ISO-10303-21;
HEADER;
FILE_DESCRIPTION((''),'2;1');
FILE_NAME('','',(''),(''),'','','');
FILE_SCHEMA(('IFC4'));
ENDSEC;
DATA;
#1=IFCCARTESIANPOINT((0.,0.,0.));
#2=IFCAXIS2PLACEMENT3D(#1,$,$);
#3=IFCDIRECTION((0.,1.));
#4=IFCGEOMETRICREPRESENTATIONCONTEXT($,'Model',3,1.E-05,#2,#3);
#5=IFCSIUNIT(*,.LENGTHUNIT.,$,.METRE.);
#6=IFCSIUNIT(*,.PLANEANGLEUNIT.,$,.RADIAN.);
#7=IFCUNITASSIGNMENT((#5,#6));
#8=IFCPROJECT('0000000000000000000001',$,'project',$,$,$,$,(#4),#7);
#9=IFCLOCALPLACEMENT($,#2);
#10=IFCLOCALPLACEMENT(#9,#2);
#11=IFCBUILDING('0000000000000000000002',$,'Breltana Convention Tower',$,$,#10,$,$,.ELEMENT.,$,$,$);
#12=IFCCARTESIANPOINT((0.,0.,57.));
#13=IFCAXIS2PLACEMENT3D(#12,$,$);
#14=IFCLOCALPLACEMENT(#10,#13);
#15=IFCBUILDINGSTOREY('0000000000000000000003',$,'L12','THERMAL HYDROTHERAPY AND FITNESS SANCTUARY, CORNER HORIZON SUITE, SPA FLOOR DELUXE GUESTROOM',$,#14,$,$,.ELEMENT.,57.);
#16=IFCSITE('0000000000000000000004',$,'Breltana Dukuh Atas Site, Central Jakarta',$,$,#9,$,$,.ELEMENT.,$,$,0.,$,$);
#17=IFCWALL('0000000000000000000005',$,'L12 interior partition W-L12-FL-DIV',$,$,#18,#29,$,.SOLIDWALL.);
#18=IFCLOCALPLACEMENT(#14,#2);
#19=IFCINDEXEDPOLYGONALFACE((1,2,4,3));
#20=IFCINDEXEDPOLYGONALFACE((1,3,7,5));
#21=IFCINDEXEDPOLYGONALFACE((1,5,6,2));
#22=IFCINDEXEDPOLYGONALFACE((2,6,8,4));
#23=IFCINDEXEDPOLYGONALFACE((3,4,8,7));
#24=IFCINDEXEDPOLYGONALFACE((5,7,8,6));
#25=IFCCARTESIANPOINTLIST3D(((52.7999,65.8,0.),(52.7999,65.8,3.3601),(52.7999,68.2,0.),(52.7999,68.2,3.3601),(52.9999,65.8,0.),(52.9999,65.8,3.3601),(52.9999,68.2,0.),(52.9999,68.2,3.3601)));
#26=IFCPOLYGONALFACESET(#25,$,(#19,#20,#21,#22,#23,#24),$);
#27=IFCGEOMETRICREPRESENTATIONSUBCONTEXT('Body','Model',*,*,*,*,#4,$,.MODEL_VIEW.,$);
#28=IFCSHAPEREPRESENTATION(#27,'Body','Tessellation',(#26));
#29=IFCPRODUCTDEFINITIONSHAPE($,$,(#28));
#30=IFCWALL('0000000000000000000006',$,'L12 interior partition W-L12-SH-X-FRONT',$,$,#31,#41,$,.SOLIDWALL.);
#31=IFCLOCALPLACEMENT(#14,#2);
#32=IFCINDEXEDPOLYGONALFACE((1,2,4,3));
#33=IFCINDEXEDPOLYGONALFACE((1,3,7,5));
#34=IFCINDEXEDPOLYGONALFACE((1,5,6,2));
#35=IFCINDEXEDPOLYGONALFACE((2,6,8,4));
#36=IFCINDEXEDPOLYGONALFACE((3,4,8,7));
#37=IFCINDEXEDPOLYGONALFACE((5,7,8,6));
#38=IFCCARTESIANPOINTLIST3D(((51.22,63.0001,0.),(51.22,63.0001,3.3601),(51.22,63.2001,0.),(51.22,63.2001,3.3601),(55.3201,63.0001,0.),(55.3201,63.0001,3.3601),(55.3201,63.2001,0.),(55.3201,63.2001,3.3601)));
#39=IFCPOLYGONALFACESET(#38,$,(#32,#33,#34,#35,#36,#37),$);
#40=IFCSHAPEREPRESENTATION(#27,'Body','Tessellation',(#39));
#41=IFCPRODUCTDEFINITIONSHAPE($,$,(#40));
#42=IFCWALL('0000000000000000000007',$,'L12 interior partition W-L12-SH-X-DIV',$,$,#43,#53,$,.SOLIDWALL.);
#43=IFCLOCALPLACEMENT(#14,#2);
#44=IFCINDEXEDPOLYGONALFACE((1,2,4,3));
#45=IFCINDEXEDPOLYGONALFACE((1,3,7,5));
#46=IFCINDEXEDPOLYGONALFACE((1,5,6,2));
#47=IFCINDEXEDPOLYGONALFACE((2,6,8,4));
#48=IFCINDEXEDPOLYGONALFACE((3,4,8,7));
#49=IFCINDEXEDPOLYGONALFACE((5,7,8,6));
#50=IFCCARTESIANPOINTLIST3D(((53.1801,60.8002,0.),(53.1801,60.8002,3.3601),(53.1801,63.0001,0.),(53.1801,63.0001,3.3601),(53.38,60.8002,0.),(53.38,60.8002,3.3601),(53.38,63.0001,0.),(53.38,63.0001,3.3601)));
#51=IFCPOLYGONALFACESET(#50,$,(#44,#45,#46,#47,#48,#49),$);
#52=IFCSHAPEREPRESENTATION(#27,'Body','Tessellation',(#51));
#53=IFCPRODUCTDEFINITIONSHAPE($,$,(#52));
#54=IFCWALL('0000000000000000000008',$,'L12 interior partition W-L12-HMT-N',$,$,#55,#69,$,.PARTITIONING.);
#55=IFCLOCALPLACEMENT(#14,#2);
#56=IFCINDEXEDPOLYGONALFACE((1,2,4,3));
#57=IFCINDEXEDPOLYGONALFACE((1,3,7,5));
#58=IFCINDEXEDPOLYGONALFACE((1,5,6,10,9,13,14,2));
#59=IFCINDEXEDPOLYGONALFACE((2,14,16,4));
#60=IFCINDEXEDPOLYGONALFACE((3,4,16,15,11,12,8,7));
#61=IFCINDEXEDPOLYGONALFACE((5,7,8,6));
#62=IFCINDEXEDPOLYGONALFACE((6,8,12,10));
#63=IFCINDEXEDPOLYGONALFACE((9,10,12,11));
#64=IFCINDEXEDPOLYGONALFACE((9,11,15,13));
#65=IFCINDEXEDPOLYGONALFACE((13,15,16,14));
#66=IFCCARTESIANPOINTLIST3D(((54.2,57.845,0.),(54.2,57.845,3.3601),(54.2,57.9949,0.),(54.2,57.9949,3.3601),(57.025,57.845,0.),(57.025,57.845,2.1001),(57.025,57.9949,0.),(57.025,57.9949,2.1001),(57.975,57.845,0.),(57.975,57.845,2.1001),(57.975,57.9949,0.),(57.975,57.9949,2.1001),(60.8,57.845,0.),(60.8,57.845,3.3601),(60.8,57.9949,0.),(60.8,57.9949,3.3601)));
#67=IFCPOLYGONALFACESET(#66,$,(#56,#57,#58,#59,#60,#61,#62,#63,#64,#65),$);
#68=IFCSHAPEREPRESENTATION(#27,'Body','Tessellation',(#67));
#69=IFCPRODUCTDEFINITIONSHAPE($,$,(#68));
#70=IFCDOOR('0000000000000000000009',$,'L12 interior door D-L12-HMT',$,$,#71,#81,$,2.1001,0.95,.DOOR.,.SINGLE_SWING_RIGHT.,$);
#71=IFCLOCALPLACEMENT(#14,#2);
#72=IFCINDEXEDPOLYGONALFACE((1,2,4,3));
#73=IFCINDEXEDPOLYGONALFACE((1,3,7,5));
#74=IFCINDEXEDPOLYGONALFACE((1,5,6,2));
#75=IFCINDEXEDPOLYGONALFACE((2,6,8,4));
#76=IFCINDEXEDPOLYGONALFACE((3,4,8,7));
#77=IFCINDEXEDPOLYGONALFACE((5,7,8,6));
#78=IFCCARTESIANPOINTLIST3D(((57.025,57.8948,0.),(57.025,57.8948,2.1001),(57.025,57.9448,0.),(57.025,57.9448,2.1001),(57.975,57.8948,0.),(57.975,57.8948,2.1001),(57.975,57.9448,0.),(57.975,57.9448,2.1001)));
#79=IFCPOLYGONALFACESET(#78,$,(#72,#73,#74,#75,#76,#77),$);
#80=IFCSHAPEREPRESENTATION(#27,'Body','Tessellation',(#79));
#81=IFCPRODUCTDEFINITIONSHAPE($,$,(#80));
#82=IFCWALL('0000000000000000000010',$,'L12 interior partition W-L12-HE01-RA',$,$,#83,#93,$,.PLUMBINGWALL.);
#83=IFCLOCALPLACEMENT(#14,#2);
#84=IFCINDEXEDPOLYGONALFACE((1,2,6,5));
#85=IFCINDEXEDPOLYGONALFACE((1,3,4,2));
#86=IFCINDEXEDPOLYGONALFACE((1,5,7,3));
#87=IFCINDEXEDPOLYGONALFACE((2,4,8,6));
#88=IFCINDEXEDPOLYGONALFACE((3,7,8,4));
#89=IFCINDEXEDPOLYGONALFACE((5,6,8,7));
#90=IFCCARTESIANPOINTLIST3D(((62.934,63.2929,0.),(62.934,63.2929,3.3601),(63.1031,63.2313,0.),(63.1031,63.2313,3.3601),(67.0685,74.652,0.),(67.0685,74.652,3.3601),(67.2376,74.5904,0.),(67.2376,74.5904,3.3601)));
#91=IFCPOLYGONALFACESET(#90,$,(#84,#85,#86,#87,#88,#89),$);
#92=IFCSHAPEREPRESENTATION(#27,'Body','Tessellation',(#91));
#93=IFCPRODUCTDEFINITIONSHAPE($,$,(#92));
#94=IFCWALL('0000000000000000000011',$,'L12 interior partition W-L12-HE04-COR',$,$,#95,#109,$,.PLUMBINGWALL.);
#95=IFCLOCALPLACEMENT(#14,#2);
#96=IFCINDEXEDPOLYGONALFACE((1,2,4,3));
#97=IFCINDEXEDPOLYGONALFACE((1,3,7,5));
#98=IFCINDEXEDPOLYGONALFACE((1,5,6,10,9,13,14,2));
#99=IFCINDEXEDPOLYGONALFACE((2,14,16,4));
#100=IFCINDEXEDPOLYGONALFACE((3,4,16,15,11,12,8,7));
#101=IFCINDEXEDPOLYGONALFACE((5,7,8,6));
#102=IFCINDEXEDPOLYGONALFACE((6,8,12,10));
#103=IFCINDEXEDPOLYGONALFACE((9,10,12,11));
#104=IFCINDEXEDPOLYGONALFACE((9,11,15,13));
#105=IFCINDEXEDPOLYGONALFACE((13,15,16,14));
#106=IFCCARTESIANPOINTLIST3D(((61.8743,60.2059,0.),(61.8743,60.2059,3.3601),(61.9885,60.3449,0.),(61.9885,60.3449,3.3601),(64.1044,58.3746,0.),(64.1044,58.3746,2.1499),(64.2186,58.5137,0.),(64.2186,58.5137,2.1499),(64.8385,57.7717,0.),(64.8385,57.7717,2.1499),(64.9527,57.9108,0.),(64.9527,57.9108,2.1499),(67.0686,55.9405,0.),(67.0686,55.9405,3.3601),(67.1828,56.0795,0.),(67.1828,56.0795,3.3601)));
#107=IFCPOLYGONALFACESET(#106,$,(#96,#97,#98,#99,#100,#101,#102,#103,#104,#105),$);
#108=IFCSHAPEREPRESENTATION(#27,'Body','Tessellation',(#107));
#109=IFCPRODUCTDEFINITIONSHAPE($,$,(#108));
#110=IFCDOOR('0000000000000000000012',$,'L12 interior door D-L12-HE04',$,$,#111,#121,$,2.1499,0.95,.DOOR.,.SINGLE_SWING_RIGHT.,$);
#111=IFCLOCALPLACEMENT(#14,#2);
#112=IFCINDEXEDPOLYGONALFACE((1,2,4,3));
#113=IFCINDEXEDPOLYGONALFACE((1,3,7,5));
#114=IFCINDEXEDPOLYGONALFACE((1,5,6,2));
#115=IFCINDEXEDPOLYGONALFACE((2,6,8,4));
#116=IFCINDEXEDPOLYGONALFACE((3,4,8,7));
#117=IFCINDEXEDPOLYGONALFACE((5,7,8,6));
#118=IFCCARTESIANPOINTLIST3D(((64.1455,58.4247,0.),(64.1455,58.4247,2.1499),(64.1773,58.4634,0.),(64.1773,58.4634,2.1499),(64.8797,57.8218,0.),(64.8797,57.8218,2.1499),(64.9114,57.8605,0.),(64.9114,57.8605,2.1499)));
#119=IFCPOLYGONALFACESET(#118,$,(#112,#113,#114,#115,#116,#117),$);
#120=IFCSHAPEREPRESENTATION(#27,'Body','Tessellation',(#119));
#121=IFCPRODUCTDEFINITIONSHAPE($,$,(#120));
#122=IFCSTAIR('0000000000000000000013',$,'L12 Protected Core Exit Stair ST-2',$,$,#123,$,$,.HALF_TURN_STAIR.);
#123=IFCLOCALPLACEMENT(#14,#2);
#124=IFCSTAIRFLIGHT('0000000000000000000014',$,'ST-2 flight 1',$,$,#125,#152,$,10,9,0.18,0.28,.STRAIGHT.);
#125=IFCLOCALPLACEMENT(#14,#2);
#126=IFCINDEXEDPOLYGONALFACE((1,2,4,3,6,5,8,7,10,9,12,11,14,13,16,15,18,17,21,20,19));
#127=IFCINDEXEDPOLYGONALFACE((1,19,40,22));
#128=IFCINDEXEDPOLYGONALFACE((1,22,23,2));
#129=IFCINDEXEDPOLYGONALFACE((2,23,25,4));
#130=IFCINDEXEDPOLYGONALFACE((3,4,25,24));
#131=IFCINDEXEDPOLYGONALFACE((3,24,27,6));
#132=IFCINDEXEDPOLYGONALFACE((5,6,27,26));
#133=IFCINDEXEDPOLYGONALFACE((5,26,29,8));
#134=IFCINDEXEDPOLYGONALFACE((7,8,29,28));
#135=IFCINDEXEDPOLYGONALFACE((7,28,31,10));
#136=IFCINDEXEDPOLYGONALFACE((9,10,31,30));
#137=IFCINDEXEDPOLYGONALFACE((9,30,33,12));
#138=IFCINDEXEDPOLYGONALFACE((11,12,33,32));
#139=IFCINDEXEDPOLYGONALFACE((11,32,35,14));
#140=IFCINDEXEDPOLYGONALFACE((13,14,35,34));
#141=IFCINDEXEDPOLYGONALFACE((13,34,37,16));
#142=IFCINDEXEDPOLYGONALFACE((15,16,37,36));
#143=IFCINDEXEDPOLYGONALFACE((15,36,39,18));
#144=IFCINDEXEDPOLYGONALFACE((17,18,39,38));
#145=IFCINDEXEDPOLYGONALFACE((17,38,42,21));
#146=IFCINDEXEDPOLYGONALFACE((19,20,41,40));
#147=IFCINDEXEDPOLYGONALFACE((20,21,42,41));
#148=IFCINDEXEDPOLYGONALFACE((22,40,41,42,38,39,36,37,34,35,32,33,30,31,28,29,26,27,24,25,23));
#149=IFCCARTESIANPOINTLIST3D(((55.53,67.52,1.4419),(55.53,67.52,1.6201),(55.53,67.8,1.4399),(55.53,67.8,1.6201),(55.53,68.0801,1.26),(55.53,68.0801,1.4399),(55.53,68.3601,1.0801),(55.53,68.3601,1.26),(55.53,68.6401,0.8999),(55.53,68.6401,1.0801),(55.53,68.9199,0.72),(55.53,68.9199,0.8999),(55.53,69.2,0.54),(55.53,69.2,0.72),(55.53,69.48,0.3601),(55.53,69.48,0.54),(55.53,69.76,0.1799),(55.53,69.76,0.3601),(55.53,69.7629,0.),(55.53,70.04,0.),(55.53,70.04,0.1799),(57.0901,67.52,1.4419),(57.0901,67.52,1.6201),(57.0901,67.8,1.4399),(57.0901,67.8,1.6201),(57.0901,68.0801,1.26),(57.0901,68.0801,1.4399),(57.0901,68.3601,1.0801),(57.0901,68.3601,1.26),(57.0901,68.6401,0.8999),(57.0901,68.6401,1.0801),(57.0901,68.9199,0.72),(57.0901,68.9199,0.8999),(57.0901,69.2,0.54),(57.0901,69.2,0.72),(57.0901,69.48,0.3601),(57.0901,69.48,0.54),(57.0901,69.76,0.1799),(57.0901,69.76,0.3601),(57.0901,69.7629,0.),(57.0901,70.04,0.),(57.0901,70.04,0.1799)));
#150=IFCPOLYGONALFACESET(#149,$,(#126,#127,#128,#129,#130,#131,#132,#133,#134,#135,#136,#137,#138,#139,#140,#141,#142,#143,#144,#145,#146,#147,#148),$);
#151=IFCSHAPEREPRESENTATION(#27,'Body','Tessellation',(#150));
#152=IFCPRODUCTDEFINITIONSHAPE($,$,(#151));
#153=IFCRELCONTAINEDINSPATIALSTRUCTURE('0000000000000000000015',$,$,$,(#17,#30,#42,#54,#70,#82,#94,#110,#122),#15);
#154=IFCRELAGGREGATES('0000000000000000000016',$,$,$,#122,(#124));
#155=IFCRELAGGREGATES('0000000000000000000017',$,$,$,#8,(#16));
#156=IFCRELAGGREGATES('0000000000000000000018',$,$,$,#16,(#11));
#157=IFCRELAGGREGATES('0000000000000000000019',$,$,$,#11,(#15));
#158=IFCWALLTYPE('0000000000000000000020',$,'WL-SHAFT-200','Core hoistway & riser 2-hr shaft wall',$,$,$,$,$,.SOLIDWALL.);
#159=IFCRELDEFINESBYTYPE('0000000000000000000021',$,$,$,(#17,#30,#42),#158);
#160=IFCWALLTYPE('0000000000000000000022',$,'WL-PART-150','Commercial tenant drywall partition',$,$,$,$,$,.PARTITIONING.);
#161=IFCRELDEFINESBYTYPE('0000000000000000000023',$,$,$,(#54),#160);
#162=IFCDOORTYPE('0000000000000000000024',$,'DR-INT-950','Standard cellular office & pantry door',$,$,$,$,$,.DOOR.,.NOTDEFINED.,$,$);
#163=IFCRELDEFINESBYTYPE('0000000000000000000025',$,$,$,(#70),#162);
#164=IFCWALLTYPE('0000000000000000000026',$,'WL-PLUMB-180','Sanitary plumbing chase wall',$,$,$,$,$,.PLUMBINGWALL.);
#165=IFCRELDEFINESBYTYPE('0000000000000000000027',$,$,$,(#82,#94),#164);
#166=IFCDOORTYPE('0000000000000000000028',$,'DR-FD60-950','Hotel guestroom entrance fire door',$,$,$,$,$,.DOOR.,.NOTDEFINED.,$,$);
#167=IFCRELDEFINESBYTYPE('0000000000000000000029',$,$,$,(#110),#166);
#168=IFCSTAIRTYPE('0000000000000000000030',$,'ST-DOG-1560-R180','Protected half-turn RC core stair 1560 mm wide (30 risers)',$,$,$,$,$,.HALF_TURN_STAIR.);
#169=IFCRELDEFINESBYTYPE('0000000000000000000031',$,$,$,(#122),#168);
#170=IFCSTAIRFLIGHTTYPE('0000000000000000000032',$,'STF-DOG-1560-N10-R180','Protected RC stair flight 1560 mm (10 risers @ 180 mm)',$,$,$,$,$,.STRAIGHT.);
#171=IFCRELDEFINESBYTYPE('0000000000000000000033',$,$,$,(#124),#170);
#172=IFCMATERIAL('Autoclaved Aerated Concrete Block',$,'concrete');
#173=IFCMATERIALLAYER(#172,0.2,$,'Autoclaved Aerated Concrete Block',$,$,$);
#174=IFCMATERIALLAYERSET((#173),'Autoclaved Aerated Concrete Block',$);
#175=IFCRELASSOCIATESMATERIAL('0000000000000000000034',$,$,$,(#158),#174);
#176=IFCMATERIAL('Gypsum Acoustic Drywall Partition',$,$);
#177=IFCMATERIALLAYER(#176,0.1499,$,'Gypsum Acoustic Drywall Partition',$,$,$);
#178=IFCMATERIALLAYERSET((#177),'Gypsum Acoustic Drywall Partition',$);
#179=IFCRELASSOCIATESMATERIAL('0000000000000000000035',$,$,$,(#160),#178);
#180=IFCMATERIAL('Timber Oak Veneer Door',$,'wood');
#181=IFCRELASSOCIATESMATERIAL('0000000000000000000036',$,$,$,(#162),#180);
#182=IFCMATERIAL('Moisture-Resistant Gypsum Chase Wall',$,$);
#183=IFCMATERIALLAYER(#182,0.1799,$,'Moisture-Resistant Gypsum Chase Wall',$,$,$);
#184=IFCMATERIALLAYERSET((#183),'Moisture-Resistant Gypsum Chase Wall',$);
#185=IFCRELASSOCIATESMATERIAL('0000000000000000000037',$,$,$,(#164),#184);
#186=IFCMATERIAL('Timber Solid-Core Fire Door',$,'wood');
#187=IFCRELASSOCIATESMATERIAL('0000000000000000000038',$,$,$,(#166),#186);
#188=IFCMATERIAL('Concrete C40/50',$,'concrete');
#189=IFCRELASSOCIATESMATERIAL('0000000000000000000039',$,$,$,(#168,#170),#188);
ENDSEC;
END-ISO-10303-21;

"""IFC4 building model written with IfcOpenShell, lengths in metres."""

from ifc_helpers import new_model, si_unit, direction, frame, frame_2d, origin, place, context, subcontext, project, spatial, polyline, rectangle, outline, extrude, source, transform, mapped, material, layer, layer_set, type_object, type_shapes, element, fill, aggregate, save


model = new_model("IFC4")

# Units and contexts
model_context = context("Model", 3, precision=1e-05, world=origin(), true_north=direction((0.0, 1.0)))
body_context = subcontext(model_context, "Body", "Model", "MODEL_VIEW")
ifc_project = project(units=[si_unit("LENGTHUNIT", "METRE"), si_unit("PLANEANGLEUNIT", "RADIAN")], contexts=[model_context])

# Site, building, storey
site_placement = place(None, origin())
site = spatial("IfcSite", under=ifc_project, at=site_placement, Name="Breltana Dukuh Atas Site, Central Jakarta", CompositionType="ELEMENT", RefElevation=0.0)
building_placement = place(site_placement, origin())
building = spatial("IfcBuilding", under=site, at=building_placement, Name="Breltana Convention Tower", CompositionType="ELEMENT")
storey_placement = place(building_placement, frame((0.0, 0.0, 57.0)))
storey = spatial("IfcBuildingStorey", under=building, at=storey_placement, Name="L12", Description="THERMAL HYDROTHERAPY AND FITNESS SANCTUARY, CORNER HORIZON SUITE, SPA FLOOR DELUXE GUESTROOM", CompositionType="ELEMENT", Elevation=57.0)

# Shared definitions
ifc_material_1 = material(Name="Autoclaved Aerated Concrete Block", Category="concrete")
ifc_layer_1 = layer(ifc_material_1, 0.2, Name="Autoclaved Aerated Concrete Block")
ifc_layer_set_1 = layer_set([ifc_layer_1], Name="Autoclaved Aerated Concrete Block")
wall_type_1 = type_object("IfcWallType", Name="WL-SHAFT-200", Description="Core hoistway & riser 2-hr shaft wall", PredefinedType="SOLIDWALL", material=ifc_layer_set_1)

# Walls
shared_shape_1 = source(origin(), body_context, "Body", "SweptSolid", [
    extrude(rectangle(XDim=2.3999, YDim=0.2, at=frame_2d((1.2, 0.0))), origin(), (0.0, 0.0, 1.0), 3.3601),
])
wall_1_placement = place(storey_placement, frame((52.8999, 65.8, 0.0), z_axis=(0.0, 0.0, 1.0), x_axis=(0.0, 1.0, 0.0)))
element("IfcWall", 1, at=wall_1_placement, inside=storey, type_object=wall_type_1, Name="L12 interior partition W-L12-FL-DIV", PredefinedType="SOLIDWALL", context=body_context, shape_type="MappedRepresentation", body=[
    mapped(shared_shape_1, transform((0.0, 0.0, 0.0), scale=1.0)),
])
shared_shape_2 = source(origin(), body_context, "Body", "SweptSolid", [
    extrude(rectangle(XDim=4.1001, YDim=0.2, at=frame_2d((2.05, 0.0))), origin(), (0.0, 0.0, 1.0), 3.3601),
])
wall_2_placement = place(storey_placement, frame((51.22, 63.1001, 0.0), z_axis=(0.0, 0.0, 1.0), x_axis=(1.0, 0.0, 0.0)))
element("IfcWall", 2, at=wall_2_placement, inside=storey, type_object=wall_type_1, Name="L12 interior partition W-L12-SH-X-FRONT", PredefinedType="SOLIDWALL", context=body_context, shape_type="MappedRepresentation", body=[
    mapped(shared_shape_2, transform((0.0, 0.0, 0.0), scale=1.0)),
])
shared_shape_3 = source(origin(), body_context, "Body", "SweptSolid", [
    extrude(rectangle(XDim=2.2, YDim=0.2, at=frame_2d((1.1001, 0.0))), origin(), (0.0, 0.0, 1.0), 3.3601),
])
wall_3_placement = place(storey_placement, frame((53.28, 60.8, 0.0), z_axis=(0.0, 0.0, 1.0), x_axis=(0.0, 1.0, 0.0)))
element("IfcWall", 3, at=wall_3_placement, inside=storey, type_object=wall_type_1, Name="L12 interior partition W-L12-SH-X-DIV", PredefinedType="SOLIDWALL", context=body_context, shape_type="MappedRepresentation", body=[
    mapped(shared_shape_3, transform((0.0, 0.0, 0.0), scale=1.0)),
])

# Wall, opening, door
ifc_material_2 = material(Name="Gypsum Acoustic Drywall Partition")
ifc_layer_2 = layer(ifc_material_2, 0.1499, Name="Gypsum Acoustic Drywall Partition")
ifc_layer_set_2 = layer_set([ifc_layer_2], Name="Gypsum Acoustic Drywall Partition")
wall_type_2 = type_object("IfcWallType", Name="WL-PART-150", Description="Commercial tenant drywall partition", PredefinedType="PARTITIONING", material=ifc_layer_set_2)
shared_shape_4 = source(origin(), body_context, "Body", "SweptSolid", [
    extrude(rectangle(XDim=6.6001, YDim=0.1499, at=frame_2d((3.3, 0.0))), origin(), (0.0, 0.0, 1.0), 3.3601),
])
wall_4_placement = place(storey_placement, frame((54.2, 57.9199, 0.0), z_axis=(0.0, 0.0, 1.0), x_axis=(1.0, 0.0, 0.0)))
wall_4 = element("IfcWall", 4, at=wall_4_placement, inside=storey, type_object=wall_type_2, Name="L12 interior partition W-L12-HMT-N", PredefinedType="PARTITIONING", context=body_context, shape_type="MappedRepresentation", body=[
    mapped(shared_shape_4, transform((0.0, 0.0, 0.0), scale=1.0)),
])
opening_1_placement = place(wall_4_placement, frame((2.825, 0.0, 0.0)))
opening_1 = element("IfcOpeningElement", 5, at=opening_1_placement, cuts=wall_4, PredefinedType="OPENING", context=body_context, shape_type="SweptSolid", body=[
    extrude(rectangle(XDim=0.95, YDim=2.1001, at=frame_2d((0.4751, 1.05))), frame((0.0, 0.085, 0.0), z_axis=(0.0, -1.0, 0.0), x_axis=(1.0, 0.0, 0.0)), (0.0, 0.0, 1.0), 0.1699),
])
ifc_material_3 = material(Name="Timber Oak Veneer Door", Category="wood")
door_type_1 = type_object("IfcDoorType", Name="DR-INT-950", Description="Standard cellular office & pantry door", OperationType="NOTDEFINED", PredefinedType="DOOR", material=ifc_material_3)
shared_shape_5 = source(origin(), body_context, "Body", "SweptSolid", [
    extrude(rectangle(XDim=0.95, YDim=2.1001, at=frame_2d((0.4751, 1.05))), frame((0.0, 0.0249, 0.0), z_axis=(0.0, -1.0, 0.0), x_axis=(1.0, 0.0, 0.0)), (0.0, 0.0, 1.0), 0.05),
])
type_shapes(door_type_1, [shared_shape_5])
door_1_placement = place(opening_1_placement, origin())
door_1 = element("IfcDoor", 6, at=door_1_placement, inside=storey, type_object=door_type_1, Name="L12 interior door D-L12-HMT", OperationType="SINGLE_SWING_RIGHT", OverallHeight=2.1001, OverallWidth=0.95, PredefinedType="DOOR", context=body_context, shape_type="MappedRepresentation", body=[
    mapped(shared_shape_5, transform((0.0, 0.0, 0.0), scale=1.0)),
])
fill(opening_1, door_1)
ifc_material_4 = material(Name="Moisture-Resistant Gypsum Chase Wall")
ifc_layer_3 = layer(ifc_material_4, 0.1799, Name="Moisture-Resistant Gypsum Chase Wall")
ifc_layer_set_3 = layer_set([ifc_layer_3], Name="Moisture-Resistant Gypsum Chase Wall")
wall_type_3 = type_object("IfcWallType", Name="WL-PLUMB-180", Description="Sanitary plumbing chase wall", PredefinedType="PLUMBINGWALL", material=ifc_layer_set_3)

# Wall
shared_shape_6 = source(origin(), body_context, "Body", "SweptSolid", [
    extrude(rectangle(XDim=12.0881, YDim=0.1799, at=frame_2d((6.0439, 0.0))), origin(), (0.0, 0.0, 1.0), 3.3601),
])
wall_5_placement = place(storey_placement, frame((63.0186, 63.2622, 0.0), z_axis=(0.0, 0.0, 1.0), x_axis=(0.34203, 0.939689, 0.0)))
element("IfcWall", 7, at=wall_5_placement, inside=storey, type_object=wall_type_3, Name="L12 interior partition W-L12-HE01-RA", PredefinedType="PLUMBINGWALL", context=body_context, shape_type="MappedRepresentation", body=[
    mapped(shared_shape_6, transform((0.0, 0.0, 0.0), scale=1.0)),
])

# Wall, opening, door
ifc_material_5 = material(Name="Timber Solid-Core Fire Door", Category="wood")
door_type_2 = type_object("IfcDoorType", Name="DR-FD60-950", Description="Hotel guestroom entrance fire door", OperationType="NOTDEFINED", PredefinedType="DOOR", material=ifc_material_5)
shared_shape_7 = source(origin(), body_context, "Body", "SweptSolid", [
    extrude(rectangle(XDim=0.95, YDim=2.1499, at=frame_2d((0.4751, 1.075))), frame((0.0, 0.0249, 0.0), z_axis=(0.0, -1.0, 0.0), x_axis=(1.0, 0.0, 0.0)), (0.0, 0.0, 1.0), 0.05),
])
type_shapes(door_type_2, [shared_shape_7])
shared_shape_8 = source(origin(), body_context, "Body", "SweptSolid", [
    extrude(rectangle(XDim=6.7212, YDim=0.1799, at=frame_2d((3.3606, 0.0))), origin(), (0.0, 0.0, 1.0), 3.3601),
])
wall_6_placement = place(storey_placement, frame((61.9314, 60.2754, 0.0), z_axis=(0.0, 0.0, 1.0), x_axis=(0.772828, -0.634615, 0.0)))
wall_6 = element("IfcWall", 8, at=wall_6_placement, inside=storey, type_object=wall_type_3, Name="L12 interior partition W-L12-HE04-COR", PredefinedType="PLUMBINGWALL", context=body_context, shape_type="MappedRepresentation", body=[
    mapped(shared_shape_8, transform((0.0, 0.0, 0.0), scale=1.0)),
])
opening_2_placement = place(wall_6_placement, frame((2.8855, 0.0, 0.0)))
opening_2 = element("IfcOpeningElement", 9, at=opening_2_placement, cuts=wall_6, PredefinedType="OPENING", context=body_context, shape_type="SweptSolid", body=[
    extrude(rectangle(XDim=0.95, YDim=2.1499, at=frame_2d((0.4751, 1.075))), frame((0.0, 0.1001, 0.0), z_axis=(0.0, -1.0, 0.0), x_axis=(1.0, 0.0, 0.0)), (0.0, 0.0, 1.0), 0.2),
])
door_2_placement = place(opening_2_placement, origin())
door_2 = element("IfcDoor", 10, at=door_2_placement, inside=storey, type_object=door_type_2, Name="L12 interior door D-L12-HE04", OperationType="SINGLE_SWING_RIGHT", OverallHeight=2.1499, OverallWidth=0.95, PredefinedType="DOOR", context=body_context, shape_type="MappedRepresentation", body=[
    mapped(shared_shape_7, transform((0.0, 0.0, 0.0), scale=1.0)),
])
fill(opening_2, door_2)

# Stair, stair flight
ifc_material_6 = material(Name="Concrete C40/50", Category="concrete")
stair_type = type_object("IfcStairType", Name="ST-DOG-1560-R180", Description="Protected half-turn RC core stair 1560 mm wide (30 risers)", PredefinedType="HALF_TURN_STAIR", material=ifc_material_6)
stair_placement = place(storey_placement, origin())
stair = element("IfcStair", 11, at=stair_placement, inside=storey, type_object=stair_type, Name="L12 Protected Core Exit Stair ST-2", PredefinedType="HALF_TURN_STAIR")
stair_flight_type = type_object("IfcStairFlightType", Name="STF-DOG-1560-N10-R180", Description="Protected RC stair flight 1560 mm (10 risers @ 180 mm)", PredefinedType="STRAIGHT", material=ifc_material_6)
stair_flight_1_placement = place(storey_placement, frame((56.3101, 70.04, 0.0), z_axis=(0.0, 0.0, 1.0), x_axis=(0.0, -1.0, 0.0)))
stair_flight_1 = element("IfcStairFlight", 12, at=stair_flight_1_placement, type_object=stair_flight_type, Name="ST-2 flight 1", NumberOfRisers=10, NumberOfTreads=9, PredefinedType="STRAIGHT", RiserHeight=0.18, TreadLength=0.28, context=body_context, shape_type="SweptSolid", body=[
    extrude(outline(polyline([(0.0, 0.0), (0.0, 0.1799), (0.28, 0.1799), (0.28, 0.3601), (0.5601, 0.3601), (0.5601, 0.54), (0.8401, 0.54), (0.8401, 0.72), (1.1201, 0.72), (1.1201, 0.8999), (1.3999, 0.8999), (1.3999, 1.0801), (1.6799, 1.0801), (1.6799, 1.26), (1.96, 1.26), (1.96, 1.4399), (2.24, 1.4399), (2.24, 1.6201), (2.52, 1.6201), (2.52, 1.8), (2.52, 1.4419), (0.2771, 0.0), (0.0, 0.0)])), frame((0.0, 0.78, 0.0), z_axis=(0.0, -1.0, 0.0), x_axis=(1.0, 0.0, 0.0)), (0.0, 0.0, 1.0), 1.5601),
])
aggregate(stair, [stair_flight_1])

save(model, "model.ifc")
